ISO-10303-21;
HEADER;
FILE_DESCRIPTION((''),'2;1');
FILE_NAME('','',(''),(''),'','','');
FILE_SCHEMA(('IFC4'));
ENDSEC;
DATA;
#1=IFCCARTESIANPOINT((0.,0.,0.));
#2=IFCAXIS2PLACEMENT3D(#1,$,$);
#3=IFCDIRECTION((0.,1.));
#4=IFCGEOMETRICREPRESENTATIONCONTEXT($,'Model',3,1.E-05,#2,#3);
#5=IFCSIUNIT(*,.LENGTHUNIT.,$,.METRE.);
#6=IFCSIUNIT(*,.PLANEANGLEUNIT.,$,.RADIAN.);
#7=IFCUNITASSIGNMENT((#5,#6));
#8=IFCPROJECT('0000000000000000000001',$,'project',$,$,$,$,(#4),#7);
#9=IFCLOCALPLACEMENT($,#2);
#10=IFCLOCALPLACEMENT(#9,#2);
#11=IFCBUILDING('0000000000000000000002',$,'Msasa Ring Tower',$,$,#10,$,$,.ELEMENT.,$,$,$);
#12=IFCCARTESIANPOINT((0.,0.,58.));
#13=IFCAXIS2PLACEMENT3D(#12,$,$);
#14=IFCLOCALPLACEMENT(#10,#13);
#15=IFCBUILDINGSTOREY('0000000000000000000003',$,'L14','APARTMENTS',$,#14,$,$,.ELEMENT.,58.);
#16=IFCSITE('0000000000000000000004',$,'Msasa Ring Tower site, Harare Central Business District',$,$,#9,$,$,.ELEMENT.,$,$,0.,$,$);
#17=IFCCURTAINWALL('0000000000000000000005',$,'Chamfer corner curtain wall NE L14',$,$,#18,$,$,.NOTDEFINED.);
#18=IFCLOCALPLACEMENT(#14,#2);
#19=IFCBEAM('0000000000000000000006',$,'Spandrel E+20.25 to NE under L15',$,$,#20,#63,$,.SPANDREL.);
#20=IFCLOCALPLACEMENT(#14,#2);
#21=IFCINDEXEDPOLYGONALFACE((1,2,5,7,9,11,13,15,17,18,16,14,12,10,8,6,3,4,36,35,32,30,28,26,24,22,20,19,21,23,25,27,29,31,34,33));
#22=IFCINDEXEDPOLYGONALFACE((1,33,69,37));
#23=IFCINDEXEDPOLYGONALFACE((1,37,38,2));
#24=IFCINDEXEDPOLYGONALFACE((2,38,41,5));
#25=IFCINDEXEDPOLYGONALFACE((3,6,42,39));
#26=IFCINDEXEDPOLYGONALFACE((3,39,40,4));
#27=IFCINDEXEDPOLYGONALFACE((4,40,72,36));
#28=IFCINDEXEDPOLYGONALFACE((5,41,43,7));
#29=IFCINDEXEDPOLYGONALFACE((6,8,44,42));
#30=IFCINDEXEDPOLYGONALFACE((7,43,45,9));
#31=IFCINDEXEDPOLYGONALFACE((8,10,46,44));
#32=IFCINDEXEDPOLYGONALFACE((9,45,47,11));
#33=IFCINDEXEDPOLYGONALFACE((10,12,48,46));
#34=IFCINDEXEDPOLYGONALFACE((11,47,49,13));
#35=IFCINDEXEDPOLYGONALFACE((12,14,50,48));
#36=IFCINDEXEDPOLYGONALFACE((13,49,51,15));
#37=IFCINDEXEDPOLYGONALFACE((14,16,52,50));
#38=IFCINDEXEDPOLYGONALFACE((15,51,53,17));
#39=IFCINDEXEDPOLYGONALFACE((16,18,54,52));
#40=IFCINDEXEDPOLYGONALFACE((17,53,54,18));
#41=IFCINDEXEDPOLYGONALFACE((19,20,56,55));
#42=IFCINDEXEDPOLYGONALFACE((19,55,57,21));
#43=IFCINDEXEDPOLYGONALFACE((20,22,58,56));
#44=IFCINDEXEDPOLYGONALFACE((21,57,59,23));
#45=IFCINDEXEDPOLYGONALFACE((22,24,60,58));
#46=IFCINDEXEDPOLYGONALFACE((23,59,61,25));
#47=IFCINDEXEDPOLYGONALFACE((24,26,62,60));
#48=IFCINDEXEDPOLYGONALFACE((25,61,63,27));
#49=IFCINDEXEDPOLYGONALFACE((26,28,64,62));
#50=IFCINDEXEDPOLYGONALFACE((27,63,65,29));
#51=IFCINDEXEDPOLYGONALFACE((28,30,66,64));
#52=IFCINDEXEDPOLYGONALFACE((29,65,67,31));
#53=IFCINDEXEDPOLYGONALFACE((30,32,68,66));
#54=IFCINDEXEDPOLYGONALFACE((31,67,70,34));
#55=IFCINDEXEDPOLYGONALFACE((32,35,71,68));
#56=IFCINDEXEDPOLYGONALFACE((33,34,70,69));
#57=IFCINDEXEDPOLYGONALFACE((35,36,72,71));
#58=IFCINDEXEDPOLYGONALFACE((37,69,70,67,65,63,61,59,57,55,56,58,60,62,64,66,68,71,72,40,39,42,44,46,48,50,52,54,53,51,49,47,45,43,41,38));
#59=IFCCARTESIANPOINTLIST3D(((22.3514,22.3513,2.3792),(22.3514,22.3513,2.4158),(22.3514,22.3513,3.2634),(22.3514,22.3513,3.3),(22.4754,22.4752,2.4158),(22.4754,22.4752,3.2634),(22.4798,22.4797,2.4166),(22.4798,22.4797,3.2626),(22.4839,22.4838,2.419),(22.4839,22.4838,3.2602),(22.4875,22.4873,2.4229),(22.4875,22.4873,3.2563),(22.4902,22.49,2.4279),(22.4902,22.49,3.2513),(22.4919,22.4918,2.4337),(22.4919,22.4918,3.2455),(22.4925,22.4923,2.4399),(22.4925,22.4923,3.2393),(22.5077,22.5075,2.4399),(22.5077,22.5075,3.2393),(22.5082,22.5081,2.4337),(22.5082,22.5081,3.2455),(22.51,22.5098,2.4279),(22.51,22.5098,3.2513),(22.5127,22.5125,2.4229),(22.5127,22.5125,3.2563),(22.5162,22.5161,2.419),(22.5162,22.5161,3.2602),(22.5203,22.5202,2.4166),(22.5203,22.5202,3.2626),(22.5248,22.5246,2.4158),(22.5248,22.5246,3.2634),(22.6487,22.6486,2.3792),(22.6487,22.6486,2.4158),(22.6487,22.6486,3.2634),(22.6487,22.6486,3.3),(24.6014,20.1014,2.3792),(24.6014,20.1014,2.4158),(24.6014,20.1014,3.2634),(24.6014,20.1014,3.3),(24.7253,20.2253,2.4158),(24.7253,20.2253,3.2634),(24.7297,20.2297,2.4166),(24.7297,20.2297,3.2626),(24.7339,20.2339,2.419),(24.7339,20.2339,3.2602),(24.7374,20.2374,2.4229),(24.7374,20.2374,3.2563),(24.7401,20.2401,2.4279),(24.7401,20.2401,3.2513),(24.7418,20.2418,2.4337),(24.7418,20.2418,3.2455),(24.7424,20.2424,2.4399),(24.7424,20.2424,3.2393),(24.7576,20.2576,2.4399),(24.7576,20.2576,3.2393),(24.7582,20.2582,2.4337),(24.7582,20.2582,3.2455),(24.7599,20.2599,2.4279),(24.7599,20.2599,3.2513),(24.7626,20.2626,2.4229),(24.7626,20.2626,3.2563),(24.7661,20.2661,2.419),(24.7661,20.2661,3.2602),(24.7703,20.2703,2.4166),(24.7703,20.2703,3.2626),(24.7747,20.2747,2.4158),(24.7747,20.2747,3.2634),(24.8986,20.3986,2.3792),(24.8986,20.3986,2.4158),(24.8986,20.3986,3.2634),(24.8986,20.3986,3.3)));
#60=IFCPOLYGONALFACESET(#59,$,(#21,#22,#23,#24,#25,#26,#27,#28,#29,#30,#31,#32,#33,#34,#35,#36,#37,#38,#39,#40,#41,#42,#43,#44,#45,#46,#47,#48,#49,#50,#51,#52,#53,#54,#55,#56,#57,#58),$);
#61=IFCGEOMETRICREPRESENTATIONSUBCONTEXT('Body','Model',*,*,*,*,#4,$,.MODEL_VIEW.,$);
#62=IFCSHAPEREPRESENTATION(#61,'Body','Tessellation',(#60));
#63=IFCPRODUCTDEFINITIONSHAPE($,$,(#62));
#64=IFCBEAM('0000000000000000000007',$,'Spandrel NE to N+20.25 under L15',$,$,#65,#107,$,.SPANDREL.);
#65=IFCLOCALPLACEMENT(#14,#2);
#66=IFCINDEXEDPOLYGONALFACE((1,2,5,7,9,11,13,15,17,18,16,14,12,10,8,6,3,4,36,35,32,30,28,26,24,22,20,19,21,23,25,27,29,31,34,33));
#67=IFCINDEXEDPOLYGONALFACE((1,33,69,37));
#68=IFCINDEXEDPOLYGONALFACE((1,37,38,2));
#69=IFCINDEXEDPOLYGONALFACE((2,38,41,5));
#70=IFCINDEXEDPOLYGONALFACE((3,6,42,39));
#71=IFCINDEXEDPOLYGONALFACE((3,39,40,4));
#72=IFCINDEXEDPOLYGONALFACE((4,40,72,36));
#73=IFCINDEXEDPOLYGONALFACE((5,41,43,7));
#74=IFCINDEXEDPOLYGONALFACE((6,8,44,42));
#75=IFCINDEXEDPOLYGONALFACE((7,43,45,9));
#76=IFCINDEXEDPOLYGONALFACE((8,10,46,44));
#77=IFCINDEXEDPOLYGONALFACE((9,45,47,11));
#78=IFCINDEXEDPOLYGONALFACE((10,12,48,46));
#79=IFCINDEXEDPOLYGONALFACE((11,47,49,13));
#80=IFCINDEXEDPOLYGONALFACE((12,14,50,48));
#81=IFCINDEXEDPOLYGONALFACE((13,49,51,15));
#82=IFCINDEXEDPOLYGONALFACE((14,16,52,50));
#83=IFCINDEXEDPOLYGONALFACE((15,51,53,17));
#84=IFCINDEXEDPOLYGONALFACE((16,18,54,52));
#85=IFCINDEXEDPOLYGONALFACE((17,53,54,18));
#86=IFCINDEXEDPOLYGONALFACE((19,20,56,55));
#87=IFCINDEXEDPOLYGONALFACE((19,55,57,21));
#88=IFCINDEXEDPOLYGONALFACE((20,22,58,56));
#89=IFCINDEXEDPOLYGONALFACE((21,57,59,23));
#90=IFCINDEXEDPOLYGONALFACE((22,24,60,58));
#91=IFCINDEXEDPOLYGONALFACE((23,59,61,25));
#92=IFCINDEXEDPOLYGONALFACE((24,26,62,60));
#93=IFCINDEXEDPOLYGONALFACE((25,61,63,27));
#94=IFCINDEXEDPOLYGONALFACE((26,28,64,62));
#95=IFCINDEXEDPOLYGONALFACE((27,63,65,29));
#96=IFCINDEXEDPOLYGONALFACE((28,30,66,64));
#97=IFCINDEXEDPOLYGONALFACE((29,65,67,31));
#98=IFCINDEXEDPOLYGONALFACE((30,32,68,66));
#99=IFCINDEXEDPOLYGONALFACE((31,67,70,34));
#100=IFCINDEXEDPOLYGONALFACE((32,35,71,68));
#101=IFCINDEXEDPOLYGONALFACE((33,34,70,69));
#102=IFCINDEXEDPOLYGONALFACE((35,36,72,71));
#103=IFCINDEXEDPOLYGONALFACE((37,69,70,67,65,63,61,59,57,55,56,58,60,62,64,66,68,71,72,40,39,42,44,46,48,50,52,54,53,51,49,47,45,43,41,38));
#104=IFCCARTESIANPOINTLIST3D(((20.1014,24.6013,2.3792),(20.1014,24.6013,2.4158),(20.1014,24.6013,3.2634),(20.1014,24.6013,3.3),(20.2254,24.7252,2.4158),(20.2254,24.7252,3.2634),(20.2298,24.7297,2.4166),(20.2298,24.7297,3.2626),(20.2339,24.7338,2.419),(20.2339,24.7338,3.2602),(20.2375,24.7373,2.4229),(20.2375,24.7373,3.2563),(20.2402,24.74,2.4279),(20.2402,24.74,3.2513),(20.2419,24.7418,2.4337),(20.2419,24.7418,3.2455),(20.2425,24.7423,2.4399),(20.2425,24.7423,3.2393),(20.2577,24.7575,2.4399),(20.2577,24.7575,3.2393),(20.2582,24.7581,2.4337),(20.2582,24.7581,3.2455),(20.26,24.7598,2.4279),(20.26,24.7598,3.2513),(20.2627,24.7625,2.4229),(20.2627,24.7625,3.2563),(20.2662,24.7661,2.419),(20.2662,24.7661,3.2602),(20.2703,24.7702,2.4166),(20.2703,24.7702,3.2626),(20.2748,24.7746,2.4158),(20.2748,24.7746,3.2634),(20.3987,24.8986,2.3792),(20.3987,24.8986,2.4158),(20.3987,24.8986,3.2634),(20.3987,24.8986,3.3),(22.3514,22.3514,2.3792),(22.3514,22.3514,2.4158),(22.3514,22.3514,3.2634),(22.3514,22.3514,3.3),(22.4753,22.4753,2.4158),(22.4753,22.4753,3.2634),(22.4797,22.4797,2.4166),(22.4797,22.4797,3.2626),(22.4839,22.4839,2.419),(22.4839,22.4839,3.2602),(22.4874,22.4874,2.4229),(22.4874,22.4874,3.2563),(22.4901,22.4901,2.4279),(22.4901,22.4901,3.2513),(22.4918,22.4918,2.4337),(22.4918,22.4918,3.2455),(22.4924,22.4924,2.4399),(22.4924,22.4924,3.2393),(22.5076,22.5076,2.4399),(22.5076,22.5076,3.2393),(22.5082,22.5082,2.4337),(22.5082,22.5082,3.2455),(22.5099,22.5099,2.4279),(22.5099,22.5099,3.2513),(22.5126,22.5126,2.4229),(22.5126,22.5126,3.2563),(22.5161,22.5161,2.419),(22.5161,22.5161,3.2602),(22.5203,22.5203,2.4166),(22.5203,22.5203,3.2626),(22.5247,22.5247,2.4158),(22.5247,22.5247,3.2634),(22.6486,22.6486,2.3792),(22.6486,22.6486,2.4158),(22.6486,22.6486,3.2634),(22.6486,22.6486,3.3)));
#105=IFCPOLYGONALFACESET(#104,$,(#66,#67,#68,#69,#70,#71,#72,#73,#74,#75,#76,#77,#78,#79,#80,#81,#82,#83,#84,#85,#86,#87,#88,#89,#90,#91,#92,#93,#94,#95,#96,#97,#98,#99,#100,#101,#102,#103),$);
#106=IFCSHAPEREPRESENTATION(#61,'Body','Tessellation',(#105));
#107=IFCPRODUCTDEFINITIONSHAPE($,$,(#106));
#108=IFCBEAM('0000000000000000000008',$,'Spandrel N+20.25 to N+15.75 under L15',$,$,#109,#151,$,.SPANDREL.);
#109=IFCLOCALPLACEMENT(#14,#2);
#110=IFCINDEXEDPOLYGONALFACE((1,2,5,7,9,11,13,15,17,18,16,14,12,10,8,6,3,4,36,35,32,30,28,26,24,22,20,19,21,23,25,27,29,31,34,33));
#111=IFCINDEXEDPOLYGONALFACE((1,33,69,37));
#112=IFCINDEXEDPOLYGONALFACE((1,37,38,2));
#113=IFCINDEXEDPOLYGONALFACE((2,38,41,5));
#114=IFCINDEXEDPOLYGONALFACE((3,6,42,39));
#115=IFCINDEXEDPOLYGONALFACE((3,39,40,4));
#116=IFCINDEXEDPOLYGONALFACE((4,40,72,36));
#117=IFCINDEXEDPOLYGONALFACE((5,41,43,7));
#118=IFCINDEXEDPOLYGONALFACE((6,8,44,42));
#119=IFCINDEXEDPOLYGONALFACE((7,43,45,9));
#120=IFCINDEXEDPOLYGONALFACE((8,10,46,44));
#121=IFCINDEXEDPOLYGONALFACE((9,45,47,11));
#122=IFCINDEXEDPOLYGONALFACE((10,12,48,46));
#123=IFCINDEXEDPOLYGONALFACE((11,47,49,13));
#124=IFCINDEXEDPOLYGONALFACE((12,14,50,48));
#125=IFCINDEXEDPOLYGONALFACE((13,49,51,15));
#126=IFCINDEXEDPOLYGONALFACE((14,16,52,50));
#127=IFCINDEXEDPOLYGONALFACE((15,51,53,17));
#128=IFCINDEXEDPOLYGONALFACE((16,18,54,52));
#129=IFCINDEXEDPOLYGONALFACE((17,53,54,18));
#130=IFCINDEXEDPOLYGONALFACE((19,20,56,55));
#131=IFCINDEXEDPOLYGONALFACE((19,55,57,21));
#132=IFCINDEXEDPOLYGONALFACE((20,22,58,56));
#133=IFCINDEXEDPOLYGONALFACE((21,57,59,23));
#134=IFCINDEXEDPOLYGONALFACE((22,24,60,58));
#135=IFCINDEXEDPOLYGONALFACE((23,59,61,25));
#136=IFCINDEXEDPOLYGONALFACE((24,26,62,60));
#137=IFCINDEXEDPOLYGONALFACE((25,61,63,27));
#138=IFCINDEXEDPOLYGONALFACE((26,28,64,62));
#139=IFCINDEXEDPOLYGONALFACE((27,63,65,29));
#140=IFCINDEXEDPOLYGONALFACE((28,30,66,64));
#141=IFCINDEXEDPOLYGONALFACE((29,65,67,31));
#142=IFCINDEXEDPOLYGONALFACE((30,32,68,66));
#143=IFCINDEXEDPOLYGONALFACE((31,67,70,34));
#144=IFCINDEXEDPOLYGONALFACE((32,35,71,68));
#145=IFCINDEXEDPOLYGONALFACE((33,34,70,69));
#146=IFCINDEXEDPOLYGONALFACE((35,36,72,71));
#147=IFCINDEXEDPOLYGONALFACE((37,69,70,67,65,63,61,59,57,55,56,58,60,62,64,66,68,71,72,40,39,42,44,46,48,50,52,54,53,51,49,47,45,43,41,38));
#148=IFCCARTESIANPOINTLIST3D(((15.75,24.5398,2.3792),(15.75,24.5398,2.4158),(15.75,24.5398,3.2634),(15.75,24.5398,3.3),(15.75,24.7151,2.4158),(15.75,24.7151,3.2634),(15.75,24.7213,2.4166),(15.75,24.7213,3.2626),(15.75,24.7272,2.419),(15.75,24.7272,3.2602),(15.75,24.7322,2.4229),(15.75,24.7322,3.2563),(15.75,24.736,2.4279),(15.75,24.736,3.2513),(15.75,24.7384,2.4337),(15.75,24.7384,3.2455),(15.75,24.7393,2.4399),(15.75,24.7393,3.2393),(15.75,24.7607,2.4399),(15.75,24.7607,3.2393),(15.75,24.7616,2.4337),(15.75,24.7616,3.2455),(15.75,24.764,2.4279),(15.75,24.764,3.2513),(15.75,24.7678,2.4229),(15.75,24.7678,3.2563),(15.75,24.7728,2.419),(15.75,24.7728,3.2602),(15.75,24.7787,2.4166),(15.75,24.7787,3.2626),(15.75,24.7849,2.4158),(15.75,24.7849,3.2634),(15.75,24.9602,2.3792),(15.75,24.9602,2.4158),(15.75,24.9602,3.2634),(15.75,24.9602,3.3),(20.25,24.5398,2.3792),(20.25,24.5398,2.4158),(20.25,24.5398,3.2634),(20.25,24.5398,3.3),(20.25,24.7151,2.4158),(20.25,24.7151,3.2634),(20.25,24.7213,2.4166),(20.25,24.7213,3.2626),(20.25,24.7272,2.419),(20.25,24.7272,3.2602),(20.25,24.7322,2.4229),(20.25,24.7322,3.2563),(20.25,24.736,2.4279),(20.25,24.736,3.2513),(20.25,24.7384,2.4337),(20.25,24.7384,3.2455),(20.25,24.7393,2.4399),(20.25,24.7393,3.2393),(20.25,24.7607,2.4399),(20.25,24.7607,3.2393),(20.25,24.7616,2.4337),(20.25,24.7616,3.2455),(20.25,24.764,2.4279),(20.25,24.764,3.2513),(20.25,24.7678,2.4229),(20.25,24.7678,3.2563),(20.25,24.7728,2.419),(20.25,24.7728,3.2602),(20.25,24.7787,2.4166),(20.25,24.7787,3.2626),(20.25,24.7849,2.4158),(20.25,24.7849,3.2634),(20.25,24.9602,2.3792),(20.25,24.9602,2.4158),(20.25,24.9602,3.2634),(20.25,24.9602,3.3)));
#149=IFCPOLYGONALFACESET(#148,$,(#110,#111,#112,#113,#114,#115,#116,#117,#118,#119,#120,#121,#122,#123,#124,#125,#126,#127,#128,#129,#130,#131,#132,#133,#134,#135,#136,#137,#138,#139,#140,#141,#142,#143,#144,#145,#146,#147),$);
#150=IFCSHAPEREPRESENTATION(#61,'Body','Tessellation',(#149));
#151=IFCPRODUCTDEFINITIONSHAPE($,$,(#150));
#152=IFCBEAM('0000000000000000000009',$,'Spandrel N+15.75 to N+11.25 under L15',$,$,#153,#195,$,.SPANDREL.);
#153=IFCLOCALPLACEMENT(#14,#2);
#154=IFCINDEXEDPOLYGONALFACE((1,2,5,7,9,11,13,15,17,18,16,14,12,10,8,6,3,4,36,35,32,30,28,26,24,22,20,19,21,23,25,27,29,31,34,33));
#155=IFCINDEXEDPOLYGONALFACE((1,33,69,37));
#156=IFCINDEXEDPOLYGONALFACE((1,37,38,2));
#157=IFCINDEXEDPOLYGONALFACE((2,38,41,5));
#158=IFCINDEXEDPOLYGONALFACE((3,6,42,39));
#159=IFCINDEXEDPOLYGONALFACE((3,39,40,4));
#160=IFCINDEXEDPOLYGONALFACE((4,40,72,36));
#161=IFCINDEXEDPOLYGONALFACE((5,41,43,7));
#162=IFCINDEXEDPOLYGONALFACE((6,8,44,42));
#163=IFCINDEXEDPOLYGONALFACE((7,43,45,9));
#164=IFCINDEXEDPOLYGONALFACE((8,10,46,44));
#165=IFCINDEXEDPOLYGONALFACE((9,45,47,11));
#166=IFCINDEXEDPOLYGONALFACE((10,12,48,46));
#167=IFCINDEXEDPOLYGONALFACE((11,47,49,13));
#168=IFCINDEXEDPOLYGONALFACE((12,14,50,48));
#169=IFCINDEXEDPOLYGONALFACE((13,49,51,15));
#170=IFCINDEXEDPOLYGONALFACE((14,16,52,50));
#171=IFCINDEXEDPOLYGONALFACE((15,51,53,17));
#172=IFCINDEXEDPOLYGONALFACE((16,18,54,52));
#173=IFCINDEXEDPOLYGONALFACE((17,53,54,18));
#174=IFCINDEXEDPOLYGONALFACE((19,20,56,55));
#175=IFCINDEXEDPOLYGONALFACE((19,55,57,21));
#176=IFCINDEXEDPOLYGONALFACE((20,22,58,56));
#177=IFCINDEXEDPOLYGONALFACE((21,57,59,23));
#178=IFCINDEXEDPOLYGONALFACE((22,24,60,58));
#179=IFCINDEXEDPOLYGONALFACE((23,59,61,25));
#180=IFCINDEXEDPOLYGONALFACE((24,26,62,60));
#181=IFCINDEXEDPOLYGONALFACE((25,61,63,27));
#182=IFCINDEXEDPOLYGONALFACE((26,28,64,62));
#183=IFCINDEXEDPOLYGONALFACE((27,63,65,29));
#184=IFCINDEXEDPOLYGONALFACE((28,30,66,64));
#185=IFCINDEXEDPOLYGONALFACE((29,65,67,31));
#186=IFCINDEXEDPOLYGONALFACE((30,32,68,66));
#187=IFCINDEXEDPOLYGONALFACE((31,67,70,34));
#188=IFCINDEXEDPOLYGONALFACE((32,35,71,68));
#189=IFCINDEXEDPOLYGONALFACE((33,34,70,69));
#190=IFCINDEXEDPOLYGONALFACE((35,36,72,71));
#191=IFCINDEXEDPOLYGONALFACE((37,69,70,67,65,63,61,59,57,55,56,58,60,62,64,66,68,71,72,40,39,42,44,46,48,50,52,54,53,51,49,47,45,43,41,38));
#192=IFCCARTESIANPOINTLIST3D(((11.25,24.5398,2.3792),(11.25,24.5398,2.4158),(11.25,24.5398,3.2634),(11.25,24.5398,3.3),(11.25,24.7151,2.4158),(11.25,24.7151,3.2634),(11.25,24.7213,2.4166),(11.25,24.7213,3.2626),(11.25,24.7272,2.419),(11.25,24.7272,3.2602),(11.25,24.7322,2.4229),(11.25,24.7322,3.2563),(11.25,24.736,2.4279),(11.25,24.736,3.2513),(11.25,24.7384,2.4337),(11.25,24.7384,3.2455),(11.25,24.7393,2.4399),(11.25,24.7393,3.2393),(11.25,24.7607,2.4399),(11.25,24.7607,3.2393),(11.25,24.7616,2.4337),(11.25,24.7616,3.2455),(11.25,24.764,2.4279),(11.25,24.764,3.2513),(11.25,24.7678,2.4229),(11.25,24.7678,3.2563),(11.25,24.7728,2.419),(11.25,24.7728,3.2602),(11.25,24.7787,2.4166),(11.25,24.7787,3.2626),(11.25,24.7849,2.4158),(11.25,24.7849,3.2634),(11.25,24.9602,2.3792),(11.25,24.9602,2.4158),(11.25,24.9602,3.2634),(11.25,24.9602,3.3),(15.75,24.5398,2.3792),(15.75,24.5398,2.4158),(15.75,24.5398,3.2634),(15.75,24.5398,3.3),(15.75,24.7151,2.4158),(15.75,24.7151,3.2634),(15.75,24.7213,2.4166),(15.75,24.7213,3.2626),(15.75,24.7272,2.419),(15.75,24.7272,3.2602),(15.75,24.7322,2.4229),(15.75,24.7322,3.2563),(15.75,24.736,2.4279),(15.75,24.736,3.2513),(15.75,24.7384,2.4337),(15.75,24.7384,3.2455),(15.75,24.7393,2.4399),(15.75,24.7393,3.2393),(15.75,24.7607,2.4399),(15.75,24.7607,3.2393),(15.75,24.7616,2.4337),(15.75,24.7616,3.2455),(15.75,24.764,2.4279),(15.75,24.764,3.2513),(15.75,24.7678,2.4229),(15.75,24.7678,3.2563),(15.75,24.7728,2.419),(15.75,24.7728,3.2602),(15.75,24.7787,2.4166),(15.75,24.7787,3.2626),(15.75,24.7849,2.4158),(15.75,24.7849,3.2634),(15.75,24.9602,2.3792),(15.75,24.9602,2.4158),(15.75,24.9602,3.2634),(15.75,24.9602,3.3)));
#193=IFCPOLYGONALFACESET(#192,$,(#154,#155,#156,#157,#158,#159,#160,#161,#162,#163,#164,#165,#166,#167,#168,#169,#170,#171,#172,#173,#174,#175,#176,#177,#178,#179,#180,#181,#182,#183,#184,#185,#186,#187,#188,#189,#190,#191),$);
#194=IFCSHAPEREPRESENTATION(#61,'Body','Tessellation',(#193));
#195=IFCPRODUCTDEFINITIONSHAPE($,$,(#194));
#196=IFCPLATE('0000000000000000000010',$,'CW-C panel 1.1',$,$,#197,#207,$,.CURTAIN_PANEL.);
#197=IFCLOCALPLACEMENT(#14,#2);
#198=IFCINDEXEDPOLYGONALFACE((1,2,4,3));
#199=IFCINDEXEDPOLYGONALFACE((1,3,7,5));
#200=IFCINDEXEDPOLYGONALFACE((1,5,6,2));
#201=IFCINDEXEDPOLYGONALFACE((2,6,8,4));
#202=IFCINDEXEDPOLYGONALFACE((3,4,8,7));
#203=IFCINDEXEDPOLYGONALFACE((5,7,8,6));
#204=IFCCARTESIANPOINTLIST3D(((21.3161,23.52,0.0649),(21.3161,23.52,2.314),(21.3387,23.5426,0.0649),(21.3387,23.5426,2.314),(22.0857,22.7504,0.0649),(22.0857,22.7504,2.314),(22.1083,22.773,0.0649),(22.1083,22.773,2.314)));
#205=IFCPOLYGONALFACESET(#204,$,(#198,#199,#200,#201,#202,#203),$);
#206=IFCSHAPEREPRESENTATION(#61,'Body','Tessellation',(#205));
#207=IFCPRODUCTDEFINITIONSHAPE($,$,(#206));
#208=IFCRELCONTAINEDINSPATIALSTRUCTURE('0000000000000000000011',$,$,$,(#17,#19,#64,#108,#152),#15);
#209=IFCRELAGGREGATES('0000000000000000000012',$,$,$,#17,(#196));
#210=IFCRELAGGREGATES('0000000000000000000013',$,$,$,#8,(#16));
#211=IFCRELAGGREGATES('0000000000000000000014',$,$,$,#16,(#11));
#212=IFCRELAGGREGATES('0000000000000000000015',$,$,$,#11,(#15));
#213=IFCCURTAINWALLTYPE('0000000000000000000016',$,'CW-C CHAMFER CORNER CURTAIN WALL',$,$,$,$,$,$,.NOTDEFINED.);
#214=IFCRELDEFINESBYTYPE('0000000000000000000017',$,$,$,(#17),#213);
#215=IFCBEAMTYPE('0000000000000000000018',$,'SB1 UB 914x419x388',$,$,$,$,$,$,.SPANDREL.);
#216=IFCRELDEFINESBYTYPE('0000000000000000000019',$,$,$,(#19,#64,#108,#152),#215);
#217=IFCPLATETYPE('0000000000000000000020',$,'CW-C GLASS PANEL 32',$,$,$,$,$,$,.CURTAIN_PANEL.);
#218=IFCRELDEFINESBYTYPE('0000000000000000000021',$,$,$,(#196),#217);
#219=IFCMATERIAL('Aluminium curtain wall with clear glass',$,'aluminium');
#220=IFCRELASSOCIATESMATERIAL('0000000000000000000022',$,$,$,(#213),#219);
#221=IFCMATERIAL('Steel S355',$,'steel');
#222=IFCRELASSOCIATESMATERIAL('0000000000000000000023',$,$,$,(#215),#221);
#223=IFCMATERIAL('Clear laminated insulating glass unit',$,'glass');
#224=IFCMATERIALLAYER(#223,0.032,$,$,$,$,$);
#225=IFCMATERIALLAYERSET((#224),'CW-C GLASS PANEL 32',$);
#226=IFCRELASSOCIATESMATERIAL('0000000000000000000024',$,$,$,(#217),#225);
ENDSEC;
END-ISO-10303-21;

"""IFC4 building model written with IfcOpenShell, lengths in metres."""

from ifc_helpers import new_model, si_unit, direction, frame, origin, origin_2d, place, context, subcontext, project, spatial, rectangle, i_section, extrude, material, layer, layer_set, material_profile, profile_set, type_object, element, aggregate, save


model = new_model("IFC4")

# Units and contexts
model_context = context("Model", 3, precision=1e-05, world=origin(), true_north=direction((0.0, 1.0)))
body_context = subcontext(model_context, "Body", "Model", "MODEL_VIEW")
ifc_project = project(units=[si_unit("LENGTHUNIT", "METRE"), si_unit("PLANEANGLEUNIT", "RADIAN")], contexts=[model_context])

# Site, building, storey
site_placement = place(None, origin())
site = spatial("IfcSite", under=ifc_project, at=site_placement, Name="Msasa Ring Tower site, Harare Central Business District", CompositionType="ELEMENT", RefElevation=0.0)
building_placement = place(site_placement, origin())
building = spatial("IfcBuilding", under=site, at=building_placement, Name="Msasa Ring Tower", CompositionType="ELEMENT")
storey_placement = place(building_placement, frame((0.0, 0.0, 58.0)))
storey = spatial("IfcBuildingStorey", under=building, at=storey_placement, Name="L14", Description="APARTMENTS", CompositionType="ELEMENT", Elevation=58.0)

# Curtain wall
ifc_material_1 = material(Name="Aluminium curtain wall with clear glass", Category="aluminium")
curtain_wall_type = type_object("IfcCurtainWallType", Name="CW-C CHAMFER CORNER CURTAIN WALL", PredefinedType="NOTDEFINED", material=ifc_material_1)
curtain_wall_1_placement = place(storey_placement, origin())
curtain_wall_1 = element("IfcCurtainWall", 1, at=curtain_wall_1_placement, inside=storey, type_object=curtain_wall_type, Name="Chamfer corner curtain wall NE L14", PredefinedType="NOTDEFINED")

# Beams
ifc_material_2 = material(Name="Steel S355", Category="steel")
ifc_material_profile_1 = material_profile(ifc_material_2, i_section(OverallWidth=0.4204, OverallDepth=0.9209, WebThickness=0.0215, FlangeThickness=0.0366, FilletRadius=0.0242, at=origin_2d()), Name="UB 914x419x388")
ifc_profile_set_1 = profile_set([ifc_material_profile_1], Name="Steel S355")
beam_type_1 = type_object("IfcBeamType", Name="SB1 UB 914x419x388", PredefinedType="SPANDREL", material=ifc_profile_set_1)
for number, where, z_axis, x_axis, name in (
    (2, (24.75, 20.25, 2.8396), (-0.707107, 0.707107, 0.0), (-0.707107, -0.707107, 0.0), "Spandrel E+20.25 to NE under L15"),
    (3, (22.5, 22.5, 2.8396), (-0.707107, 0.707107, 0.0), (-0.707107, -0.707107, 0.0), "Spandrel NE to N+20.25 under L15"),
):
    element("IfcBeam", number, at=place(storey_placement, frame(where, z_axis=z_axis, x_axis=x_axis)), inside=storey, type_object=beam_type_1, Name=name, PredefinedType="SPANDREL", context=body_context, shape_type="SweptSolid", body=[
        extrude(i_section(OverallWidth=0.4204, OverallDepth=0.9209, WebThickness=0.0215, FlangeThickness=0.0366, FilletRadius=0.0242, at=origin_2d()), origin(), (0.0, 0.0, 1.0), 3.1819),
    ])
for number, where, z_axis, x_axis, name in (
    (4, (20.25, 24.75, 2.8396), (-1.0, 0.0, 0.0), (0.0, -1.0, 0.0), "Spandrel N+20.25 to N+15.75 under L15"),
    (5, (15.75, 24.75, 2.8396), (-1.0, 0.0, 0.0), (0.0, -1.0, 0.0), "Spandrel N+15.75 to N+11.25 under L15"),
):
    element("IfcBeam", number, at=place(storey_placement, frame(where, z_axis=z_axis, x_axis=x_axis)), inside=storey, type_object=beam_type_1, Name=name, PredefinedType="SPANDREL", context=body_context, shape_type="SweptSolid", body=[
        extrude(i_section(OverallWidth=0.4204, OverallDepth=0.9209, WebThickness=0.0215, FlangeThickness=0.0366, FilletRadius=0.0242, at=origin_2d()), origin(), (0.0, 0.0, 1.0), 4.5),
    ])

# Plate
ifc_material_3 = material(Name="Clear laminated insulating glass unit", Category="glass")
ifc_layer_1 = layer(ifc_material_3, 0.032)
ifc_layer_set_1 = layer_set([ifc_layer_1], Name="CW-C GLASS PANEL 32")
plate_type = type_object("IfcPlateType", Name="CW-C GLASS PANEL 32", PredefinedType="CURTAIN_PANEL", material=ifc_layer_set_1)
plate_1_placement = place(storey_placement, frame((21.7122, 23.1465, 0.0649), z_axis=(0.0, 0.0, 1.0), x_axis=(-0.707107, 0.707107, 0.0)))
plate_1 = element("IfcPlate", 6, at=plate_1_placement, type_object=plate_type, Name="CW-C panel 1.1", PredefinedType="CURTAIN_PANEL", context=body_context, shape_type="SweptSolid", body=[
    extrude(rectangle(XDim=1.0884, YDim=0.032, at=origin_2d()), origin(), (0.0, 0.0, 1.0), 2.249),
])
aggregate(curtain_wall_1, [plate_1])

save(model, "model.ifc")
